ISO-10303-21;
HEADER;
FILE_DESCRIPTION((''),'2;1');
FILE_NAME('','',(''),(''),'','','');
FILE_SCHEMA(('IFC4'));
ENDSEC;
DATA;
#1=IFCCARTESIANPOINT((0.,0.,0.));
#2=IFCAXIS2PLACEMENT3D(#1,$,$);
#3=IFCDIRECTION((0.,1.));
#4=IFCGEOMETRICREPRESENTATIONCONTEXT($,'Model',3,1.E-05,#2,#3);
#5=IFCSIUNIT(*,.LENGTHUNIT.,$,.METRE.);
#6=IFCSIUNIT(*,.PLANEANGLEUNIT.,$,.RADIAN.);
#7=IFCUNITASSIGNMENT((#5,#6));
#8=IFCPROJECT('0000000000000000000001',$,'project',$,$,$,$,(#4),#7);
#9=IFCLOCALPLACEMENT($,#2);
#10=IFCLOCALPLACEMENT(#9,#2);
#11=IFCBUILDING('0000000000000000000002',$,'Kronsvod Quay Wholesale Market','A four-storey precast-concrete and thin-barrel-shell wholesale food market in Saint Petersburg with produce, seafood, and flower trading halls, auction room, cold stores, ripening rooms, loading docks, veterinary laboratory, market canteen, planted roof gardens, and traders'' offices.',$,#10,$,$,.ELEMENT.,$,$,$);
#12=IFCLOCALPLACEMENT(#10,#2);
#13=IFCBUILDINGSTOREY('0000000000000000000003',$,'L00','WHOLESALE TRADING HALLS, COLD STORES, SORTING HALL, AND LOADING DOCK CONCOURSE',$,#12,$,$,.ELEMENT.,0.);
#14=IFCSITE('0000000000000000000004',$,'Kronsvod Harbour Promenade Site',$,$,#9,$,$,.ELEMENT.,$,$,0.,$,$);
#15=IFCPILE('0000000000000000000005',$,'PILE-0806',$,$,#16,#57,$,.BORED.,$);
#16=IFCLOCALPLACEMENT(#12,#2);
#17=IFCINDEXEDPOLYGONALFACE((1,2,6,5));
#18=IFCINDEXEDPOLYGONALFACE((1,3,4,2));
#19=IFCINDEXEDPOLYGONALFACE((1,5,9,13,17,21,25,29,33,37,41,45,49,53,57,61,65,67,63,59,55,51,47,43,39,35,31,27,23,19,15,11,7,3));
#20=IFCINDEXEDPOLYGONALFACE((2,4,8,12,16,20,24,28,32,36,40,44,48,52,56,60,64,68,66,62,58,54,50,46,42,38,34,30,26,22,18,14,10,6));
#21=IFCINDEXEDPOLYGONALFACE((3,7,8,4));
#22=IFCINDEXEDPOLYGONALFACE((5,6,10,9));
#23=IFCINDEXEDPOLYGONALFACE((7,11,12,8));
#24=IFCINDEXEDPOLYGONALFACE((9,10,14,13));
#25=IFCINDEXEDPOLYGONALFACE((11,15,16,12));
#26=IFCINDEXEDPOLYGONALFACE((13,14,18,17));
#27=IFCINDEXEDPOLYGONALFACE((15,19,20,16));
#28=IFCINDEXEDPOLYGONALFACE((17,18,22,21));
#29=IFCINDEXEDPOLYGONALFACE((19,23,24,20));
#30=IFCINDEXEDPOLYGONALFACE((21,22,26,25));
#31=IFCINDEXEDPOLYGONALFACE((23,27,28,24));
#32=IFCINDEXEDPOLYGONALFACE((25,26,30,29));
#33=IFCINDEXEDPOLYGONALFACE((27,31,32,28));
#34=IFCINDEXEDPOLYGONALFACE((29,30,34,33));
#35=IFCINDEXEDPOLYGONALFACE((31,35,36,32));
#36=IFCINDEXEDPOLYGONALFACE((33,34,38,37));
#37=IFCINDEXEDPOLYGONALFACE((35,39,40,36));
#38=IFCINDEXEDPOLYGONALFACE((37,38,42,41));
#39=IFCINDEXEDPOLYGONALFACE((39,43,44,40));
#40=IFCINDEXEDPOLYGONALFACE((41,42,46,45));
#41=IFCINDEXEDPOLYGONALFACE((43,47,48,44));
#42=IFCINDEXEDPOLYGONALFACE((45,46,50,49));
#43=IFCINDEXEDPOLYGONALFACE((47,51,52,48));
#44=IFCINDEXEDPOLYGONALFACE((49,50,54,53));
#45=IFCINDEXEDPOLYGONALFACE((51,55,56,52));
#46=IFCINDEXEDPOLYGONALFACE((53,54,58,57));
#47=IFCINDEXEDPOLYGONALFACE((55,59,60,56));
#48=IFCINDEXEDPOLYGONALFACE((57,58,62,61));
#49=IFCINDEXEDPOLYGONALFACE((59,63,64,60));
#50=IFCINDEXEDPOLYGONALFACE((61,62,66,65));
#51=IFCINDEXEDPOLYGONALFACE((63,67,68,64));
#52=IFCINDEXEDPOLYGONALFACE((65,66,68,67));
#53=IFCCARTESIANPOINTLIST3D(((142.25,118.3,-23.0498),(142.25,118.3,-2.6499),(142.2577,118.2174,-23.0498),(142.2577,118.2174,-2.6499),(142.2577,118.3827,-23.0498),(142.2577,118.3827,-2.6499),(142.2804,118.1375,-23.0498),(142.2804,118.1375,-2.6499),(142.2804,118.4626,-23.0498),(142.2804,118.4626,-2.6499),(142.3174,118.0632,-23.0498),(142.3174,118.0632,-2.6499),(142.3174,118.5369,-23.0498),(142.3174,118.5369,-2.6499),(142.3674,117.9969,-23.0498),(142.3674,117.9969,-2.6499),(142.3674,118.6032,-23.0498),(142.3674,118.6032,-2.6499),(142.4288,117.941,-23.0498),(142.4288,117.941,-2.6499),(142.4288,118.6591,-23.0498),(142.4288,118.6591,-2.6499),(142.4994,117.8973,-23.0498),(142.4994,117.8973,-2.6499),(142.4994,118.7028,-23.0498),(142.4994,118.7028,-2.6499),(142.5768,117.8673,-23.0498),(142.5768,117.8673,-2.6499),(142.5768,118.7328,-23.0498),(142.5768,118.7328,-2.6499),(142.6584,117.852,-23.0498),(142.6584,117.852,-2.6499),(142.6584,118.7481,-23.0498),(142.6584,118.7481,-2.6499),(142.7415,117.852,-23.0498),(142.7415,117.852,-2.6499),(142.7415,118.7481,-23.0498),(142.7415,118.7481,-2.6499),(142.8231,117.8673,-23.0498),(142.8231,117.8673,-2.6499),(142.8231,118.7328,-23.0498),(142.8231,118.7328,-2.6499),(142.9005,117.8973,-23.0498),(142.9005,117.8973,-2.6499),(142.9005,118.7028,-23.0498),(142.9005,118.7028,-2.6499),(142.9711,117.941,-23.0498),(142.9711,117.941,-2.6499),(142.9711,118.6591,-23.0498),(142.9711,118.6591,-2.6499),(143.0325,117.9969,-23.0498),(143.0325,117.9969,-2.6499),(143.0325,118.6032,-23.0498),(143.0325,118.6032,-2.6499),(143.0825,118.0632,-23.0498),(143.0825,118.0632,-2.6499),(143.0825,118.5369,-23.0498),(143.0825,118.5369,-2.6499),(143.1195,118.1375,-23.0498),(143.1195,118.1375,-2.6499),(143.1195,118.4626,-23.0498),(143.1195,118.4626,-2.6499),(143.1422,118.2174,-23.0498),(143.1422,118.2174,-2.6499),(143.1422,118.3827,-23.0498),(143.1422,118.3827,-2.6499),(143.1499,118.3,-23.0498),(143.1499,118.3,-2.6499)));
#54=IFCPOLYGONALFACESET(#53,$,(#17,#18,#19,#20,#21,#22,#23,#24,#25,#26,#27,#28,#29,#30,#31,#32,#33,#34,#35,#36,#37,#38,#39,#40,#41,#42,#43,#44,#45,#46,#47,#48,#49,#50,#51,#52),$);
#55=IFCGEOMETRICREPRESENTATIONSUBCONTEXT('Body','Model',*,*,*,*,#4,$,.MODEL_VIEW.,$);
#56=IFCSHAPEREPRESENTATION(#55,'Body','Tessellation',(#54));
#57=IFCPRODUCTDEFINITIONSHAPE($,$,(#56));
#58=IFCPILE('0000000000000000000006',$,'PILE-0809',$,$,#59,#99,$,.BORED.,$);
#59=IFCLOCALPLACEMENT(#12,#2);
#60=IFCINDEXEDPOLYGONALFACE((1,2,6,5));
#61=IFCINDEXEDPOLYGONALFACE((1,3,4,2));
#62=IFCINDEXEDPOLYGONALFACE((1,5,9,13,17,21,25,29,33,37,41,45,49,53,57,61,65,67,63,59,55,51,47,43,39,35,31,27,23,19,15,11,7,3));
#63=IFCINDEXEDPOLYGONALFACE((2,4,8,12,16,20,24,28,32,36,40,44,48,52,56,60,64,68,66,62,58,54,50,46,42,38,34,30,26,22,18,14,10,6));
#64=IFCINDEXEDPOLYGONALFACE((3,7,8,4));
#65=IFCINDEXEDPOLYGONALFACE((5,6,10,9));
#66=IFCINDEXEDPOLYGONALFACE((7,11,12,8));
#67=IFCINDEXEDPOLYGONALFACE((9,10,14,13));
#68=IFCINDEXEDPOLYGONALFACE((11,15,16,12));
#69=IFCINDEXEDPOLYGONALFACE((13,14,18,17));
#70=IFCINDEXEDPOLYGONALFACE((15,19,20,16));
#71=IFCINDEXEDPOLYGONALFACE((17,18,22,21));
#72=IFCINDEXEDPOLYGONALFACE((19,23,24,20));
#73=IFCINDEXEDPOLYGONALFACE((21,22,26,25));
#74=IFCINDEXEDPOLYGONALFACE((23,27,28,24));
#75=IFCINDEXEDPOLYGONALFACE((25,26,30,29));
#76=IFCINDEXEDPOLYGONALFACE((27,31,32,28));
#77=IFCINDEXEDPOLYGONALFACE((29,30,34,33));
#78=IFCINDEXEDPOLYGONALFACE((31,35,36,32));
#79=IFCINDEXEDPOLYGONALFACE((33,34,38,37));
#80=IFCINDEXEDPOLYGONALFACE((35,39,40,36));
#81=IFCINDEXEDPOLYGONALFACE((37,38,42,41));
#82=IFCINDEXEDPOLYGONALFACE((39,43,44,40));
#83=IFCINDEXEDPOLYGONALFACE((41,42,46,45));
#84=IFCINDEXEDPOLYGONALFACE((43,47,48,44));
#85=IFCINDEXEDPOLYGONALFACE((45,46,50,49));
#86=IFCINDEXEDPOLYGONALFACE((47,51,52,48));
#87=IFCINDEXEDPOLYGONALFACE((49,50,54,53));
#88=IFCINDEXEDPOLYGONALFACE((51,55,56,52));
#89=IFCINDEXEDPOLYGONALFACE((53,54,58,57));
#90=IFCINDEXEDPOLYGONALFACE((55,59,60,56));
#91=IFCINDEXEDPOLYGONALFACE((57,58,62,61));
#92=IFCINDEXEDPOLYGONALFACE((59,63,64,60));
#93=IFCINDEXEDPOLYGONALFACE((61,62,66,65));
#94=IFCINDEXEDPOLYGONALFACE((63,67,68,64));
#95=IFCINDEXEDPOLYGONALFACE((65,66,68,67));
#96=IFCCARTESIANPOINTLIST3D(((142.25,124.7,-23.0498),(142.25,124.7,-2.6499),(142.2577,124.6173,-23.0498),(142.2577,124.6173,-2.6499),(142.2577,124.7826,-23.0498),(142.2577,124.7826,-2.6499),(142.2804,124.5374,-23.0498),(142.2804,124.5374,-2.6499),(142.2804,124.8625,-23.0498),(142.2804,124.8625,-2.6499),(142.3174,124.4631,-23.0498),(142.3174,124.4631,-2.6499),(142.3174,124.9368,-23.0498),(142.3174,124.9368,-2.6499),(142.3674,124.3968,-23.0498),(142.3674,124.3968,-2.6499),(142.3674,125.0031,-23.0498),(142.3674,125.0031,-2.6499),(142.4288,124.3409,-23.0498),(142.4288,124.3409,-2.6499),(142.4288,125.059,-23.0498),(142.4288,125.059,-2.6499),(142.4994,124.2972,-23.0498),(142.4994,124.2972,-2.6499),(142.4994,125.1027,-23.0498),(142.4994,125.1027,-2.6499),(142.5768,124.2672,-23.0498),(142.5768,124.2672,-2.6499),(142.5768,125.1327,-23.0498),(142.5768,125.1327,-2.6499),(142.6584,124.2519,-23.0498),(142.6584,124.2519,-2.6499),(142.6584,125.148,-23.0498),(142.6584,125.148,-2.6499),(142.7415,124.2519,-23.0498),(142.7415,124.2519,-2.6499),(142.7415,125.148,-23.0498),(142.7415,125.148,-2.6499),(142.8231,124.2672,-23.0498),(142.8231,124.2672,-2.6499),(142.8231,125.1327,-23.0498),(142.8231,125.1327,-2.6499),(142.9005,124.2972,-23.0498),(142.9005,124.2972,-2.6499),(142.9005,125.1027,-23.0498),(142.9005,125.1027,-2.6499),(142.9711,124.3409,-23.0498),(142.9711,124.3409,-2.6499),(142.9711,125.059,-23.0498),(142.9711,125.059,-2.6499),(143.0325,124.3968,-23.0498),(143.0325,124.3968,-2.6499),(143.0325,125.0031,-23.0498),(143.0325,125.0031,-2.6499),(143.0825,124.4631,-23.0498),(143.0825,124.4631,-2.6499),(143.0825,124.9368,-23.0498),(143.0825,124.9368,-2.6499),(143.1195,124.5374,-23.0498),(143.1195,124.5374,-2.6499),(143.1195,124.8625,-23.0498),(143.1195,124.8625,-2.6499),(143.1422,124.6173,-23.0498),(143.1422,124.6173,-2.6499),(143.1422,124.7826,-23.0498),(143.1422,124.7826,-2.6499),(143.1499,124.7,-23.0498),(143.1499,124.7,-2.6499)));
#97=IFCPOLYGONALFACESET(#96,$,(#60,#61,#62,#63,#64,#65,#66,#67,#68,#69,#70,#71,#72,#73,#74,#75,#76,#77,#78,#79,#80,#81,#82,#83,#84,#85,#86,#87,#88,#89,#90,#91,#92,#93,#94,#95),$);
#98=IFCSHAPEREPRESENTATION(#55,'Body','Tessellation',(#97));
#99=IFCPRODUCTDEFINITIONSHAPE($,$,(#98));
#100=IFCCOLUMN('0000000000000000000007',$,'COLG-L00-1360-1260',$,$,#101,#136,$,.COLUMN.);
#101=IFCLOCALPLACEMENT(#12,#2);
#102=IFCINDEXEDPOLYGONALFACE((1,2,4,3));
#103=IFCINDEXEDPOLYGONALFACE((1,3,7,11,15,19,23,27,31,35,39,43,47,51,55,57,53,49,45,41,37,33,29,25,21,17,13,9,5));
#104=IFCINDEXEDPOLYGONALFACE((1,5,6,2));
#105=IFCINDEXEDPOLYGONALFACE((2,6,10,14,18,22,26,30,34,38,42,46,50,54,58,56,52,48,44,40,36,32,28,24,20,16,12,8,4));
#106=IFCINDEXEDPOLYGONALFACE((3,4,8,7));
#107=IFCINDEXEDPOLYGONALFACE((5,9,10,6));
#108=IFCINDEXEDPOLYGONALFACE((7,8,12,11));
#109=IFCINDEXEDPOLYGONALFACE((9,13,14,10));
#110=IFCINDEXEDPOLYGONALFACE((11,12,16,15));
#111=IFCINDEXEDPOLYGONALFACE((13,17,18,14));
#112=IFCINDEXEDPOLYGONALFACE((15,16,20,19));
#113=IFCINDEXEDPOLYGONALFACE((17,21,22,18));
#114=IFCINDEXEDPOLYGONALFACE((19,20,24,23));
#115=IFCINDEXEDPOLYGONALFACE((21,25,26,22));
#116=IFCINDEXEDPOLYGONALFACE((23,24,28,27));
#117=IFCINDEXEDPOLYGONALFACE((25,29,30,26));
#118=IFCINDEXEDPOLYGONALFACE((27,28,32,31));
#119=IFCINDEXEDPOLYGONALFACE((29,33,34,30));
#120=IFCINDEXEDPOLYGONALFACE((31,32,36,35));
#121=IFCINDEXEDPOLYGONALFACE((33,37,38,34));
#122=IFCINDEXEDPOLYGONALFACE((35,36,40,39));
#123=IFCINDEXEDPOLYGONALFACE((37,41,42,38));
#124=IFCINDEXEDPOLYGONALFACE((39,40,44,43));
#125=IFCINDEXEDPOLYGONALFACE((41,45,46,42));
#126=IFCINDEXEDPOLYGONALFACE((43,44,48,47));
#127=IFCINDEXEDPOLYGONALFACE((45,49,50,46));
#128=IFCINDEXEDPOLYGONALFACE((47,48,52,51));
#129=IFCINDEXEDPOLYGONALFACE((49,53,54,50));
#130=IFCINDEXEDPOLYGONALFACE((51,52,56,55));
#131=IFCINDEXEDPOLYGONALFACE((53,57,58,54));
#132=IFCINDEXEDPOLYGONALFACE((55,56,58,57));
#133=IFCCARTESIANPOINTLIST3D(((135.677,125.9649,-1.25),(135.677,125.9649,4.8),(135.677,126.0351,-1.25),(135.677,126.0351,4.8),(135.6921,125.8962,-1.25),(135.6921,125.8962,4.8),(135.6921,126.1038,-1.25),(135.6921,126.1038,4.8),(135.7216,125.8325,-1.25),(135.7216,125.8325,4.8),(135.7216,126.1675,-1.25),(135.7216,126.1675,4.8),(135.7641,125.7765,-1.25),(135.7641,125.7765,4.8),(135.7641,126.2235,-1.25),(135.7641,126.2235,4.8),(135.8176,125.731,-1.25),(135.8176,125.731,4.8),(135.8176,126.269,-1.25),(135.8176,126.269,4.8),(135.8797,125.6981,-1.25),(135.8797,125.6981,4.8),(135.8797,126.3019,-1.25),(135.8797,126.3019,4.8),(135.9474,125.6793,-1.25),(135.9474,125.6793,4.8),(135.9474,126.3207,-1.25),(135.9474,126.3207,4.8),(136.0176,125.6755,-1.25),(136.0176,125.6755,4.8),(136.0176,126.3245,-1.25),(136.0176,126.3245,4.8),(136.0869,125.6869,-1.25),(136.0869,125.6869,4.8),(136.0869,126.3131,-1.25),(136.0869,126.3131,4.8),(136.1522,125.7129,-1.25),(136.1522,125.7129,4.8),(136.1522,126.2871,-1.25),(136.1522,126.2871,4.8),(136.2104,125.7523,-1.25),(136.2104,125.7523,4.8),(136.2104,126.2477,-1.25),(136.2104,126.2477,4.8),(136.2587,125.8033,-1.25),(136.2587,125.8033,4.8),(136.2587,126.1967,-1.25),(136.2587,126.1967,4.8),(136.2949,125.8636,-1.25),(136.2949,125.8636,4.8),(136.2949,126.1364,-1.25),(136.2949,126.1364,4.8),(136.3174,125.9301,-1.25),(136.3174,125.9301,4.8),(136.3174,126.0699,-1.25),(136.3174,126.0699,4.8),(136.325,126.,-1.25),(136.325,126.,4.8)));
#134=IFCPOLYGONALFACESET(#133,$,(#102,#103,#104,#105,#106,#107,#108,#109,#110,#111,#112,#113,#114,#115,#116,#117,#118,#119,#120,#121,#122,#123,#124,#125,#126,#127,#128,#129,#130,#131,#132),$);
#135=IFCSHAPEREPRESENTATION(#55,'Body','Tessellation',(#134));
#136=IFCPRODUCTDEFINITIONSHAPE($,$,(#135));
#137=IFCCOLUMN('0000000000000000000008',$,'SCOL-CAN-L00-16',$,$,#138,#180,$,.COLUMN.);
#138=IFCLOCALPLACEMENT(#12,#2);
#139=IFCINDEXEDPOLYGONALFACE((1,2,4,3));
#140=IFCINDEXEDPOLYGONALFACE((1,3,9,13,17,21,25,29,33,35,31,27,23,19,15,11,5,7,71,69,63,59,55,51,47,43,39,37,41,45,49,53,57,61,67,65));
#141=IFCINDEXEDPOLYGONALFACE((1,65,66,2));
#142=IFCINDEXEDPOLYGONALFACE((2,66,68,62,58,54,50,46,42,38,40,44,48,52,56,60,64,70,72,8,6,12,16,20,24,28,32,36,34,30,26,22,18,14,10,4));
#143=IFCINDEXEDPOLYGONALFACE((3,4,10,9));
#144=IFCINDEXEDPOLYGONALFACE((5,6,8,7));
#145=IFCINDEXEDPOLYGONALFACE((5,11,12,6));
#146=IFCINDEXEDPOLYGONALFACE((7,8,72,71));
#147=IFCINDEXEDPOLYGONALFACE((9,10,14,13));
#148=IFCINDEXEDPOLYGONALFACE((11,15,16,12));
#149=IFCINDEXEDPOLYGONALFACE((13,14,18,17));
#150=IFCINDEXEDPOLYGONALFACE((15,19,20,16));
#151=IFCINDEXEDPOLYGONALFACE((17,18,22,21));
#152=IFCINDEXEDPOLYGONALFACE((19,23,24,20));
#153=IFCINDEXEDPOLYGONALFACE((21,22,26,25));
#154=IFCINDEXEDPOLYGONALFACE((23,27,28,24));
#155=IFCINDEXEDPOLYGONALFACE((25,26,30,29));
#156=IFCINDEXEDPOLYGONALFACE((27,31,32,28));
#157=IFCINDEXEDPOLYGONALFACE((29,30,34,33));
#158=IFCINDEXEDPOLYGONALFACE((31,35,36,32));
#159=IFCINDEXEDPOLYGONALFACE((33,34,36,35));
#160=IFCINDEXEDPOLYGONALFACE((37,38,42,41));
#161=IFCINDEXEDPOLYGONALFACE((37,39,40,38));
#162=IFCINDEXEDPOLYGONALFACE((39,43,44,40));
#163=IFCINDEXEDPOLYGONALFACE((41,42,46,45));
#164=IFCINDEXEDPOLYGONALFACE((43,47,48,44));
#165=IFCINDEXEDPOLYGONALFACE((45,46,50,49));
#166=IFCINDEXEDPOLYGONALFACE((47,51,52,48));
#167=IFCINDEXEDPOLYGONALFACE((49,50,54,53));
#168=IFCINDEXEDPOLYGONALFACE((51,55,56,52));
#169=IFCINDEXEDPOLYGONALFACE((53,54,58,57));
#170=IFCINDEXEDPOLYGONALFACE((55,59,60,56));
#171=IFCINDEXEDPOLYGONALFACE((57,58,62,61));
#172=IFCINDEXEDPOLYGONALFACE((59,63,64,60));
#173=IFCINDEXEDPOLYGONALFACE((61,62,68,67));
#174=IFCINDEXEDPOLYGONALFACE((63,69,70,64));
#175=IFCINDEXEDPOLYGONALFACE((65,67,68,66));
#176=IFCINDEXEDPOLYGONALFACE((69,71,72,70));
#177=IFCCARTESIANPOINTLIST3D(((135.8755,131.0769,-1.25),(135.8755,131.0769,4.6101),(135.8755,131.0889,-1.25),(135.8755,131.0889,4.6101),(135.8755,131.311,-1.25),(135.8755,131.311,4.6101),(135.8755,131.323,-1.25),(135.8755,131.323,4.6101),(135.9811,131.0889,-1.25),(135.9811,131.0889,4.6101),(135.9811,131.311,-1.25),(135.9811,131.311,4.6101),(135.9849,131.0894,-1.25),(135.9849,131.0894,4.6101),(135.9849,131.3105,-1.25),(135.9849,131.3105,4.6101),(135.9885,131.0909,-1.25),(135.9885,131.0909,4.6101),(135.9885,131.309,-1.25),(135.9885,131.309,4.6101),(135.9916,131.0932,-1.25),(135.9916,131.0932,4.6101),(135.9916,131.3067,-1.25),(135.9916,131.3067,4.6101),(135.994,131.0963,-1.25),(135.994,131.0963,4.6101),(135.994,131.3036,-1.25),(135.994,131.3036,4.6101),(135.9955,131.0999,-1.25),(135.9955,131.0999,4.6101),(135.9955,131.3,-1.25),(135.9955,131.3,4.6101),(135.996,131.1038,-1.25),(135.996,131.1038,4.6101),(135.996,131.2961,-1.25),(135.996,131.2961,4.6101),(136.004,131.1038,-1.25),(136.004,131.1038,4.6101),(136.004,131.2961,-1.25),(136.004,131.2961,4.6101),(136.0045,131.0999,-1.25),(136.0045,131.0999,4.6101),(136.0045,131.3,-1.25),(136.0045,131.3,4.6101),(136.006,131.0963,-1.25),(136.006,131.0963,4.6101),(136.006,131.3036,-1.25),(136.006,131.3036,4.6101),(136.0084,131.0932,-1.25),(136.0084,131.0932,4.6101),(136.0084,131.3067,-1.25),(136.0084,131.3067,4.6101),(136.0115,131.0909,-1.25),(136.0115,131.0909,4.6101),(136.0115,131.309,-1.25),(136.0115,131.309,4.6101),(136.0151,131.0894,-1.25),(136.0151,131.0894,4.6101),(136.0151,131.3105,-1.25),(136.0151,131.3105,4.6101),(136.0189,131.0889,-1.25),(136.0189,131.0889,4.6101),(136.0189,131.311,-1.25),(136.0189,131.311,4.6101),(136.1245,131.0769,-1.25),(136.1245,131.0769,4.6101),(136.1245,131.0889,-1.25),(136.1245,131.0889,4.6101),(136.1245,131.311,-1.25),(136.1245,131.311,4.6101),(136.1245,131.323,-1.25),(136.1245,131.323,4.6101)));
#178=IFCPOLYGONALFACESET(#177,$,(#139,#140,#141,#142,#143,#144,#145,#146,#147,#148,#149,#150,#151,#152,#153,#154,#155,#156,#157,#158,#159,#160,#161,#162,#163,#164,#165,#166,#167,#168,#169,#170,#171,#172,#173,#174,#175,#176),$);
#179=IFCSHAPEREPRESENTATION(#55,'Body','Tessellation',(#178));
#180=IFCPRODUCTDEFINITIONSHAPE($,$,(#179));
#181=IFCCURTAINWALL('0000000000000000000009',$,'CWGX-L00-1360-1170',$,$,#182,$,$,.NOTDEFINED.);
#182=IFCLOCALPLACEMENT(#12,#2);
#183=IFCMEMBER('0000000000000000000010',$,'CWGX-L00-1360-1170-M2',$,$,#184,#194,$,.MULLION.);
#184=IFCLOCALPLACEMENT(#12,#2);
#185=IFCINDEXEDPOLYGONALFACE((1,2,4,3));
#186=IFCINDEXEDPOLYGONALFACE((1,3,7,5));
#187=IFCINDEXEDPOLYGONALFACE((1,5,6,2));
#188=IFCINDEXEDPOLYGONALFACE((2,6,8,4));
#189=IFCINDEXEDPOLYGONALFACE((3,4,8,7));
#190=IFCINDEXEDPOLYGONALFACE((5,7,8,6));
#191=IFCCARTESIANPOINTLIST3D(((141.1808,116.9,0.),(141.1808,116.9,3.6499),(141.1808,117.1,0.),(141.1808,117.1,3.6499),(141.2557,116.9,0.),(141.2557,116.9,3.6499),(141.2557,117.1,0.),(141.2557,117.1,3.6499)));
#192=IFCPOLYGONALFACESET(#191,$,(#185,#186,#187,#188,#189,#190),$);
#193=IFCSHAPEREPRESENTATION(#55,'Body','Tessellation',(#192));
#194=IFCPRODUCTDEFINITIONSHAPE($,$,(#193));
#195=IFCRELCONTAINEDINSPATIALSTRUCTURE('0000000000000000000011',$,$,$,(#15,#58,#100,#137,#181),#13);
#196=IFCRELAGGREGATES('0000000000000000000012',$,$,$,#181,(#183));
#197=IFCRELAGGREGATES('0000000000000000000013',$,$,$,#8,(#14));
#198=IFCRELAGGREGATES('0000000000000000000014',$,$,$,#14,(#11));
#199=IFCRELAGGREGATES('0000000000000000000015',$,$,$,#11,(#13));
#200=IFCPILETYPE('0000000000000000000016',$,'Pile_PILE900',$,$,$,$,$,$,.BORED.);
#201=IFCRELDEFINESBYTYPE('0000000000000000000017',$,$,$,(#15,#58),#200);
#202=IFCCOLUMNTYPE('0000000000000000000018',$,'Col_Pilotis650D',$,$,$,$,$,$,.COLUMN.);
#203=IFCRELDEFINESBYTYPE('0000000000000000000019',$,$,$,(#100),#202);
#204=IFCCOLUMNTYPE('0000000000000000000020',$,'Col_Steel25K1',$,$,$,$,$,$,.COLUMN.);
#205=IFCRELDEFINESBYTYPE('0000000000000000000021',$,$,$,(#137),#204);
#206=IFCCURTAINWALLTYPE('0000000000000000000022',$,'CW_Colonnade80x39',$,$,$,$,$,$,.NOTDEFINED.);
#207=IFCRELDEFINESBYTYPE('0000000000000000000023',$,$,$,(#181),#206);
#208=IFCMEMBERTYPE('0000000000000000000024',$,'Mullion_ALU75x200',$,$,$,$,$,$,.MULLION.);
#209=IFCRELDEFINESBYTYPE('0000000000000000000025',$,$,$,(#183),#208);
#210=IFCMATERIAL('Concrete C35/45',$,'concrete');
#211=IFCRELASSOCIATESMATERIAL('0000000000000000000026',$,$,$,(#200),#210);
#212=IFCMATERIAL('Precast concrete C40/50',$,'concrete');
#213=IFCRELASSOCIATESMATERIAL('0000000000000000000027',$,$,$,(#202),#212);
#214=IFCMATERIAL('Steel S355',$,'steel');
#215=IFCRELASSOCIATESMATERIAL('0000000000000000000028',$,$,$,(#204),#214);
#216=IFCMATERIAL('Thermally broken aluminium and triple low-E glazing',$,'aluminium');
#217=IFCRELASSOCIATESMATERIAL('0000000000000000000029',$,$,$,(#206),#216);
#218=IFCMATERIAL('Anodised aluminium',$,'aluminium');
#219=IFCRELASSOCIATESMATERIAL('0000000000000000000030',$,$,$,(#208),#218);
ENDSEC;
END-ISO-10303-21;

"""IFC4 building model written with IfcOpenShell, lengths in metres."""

from ifc_helpers import new_model, si_unit, direction, frame, origin, origin_2d, place, context, subcontext, project, spatial, rectangle, circle, i_section, extrude, material, material_profile, profile_set, type_object, element, aggregate, save


model = new_model("IFC4")

# Units and contexts
model_context = context("Model", 3, precision=1e-05, world=origin(), true_north=direction((0.0, 1.0)))
body_context = subcontext(model_context, "Body", "Model", "MODEL_VIEW")
ifc_project = project(units=[si_unit("LENGTHUNIT", "METRE"), si_unit("PLANEANGLEUNIT", "RADIAN")], contexts=[model_context])

# Site, building, storey
site_placement = place(None, origin())
site = spatial("IfcSite", under=ifc_project, at=site_placement, Name="Kronsvod Harbour Promenade Site", CompositionType="ELEMENT", RefElevation=0.0)
building_placement = place(site_placement, origin())
building = spatial("IfcBuilding", under=site, at=building_placement, Name="Kronsvod Quay Wholesale Market", Description="A four-storey precast-concrete and thin-barrel-shell wholesale food market in Saint Petersburg with produce, seafood, and flower trading halls, auction room, cold stores, ripening rooms, loading docks, veterinary laboratory, market canteen, planted roof gardens, and traders' offices.", CompositionType="ELEMENT")
storey_placement = place(building_placement, origin())
storey = spatial("IfcBuildingStorey", under=building, at=storey_placement, Name="L00", Description="WHOLESALE TRADING HALLS, COLD STORES, SORTING HALL, AND LOADING DOCK CONCOURSE", CompositionType="ELEMENT", Elevation=0.0)

# Piles
ifc_material_1 = material(Name="Concrete C35/45", Category="concrete")
ifc_material_profile_1 = material_profile(ifc_material_1, circle(Radius=0.45, at=origin_2d()), Name="PILE900")
ifc_profile_set_1 = profile_set([ifc_material_profile_1], Name="Concrete C35/45")
pile_type = type_object("IfcPileType", Name="Pile_PILE900", PredefinedType="BORED", material=ifc_profile_set_1)
for number, where, z_axis, x_axis, name in (
    (1, (142.7, 118.3, -2.6499), (0.0, 0.0, -1.0), (1.0, 0.0, 0.0), "PILE-0806"),
    (2, (142.7, 124.7, -2.6499), (0.0, 0.0, -1.0), (1.0, 0.0, 0.0), "PILE-0809"),
):
    element("IfcPile", number, at=place(storey_placement, frame(where, z_axis=z_axis, x_axis=x_axis)), inside=storey, type_object=pile_type, Name=name, PredefinedType="BORED", context=body_context, shape_type="SweptSolid", body=[
        extrude(circle(Radius=0.45, at=origin_2d()), origin(), (0.0, 0.0, 1.0), 20.3999),
    ])

# Columns
ifc_material_2 = material(Name="Precast concrete C40/50", Category="concrete")
ifc_material_profile_2 = material_profile(ifc_material_2, circle(Radius=0.325, at=origin_2d()), Name="PCPIL650D")
ifc_profile_set_2 = profile_set([ifc_material_profile_2], Name="Precast concrete C40/50")
column_type_1 = type_object("IfcColumnType", Name="Col_Pilotis650D", PredefinedType="COLUMN", material=ifc_profile_set_2)
column_1_placement = place(storey_placement, frame((136.0, 126.0, -1.25), z_axis=(0.0, 0.0, 1.0), x_axis=(1.0, 0.0, 0.0)))
element("IfcColumn", 3, at=column_1_placement, inside=storey, type_object=column_type_1, Name="COLG-L00-1360-1260", PredefinedType="COLUMN", context=body_context, shape_type="SweptSolid", body=[
    extrude(circle(Radius=0.325, at=origin_2d()), origin(), (0.0, 0.0, 1.0), 6.05),
])
ifc_material_3 = material(Name="Steel S355", Category="steel")
ifc_material_profile_3 = material_profile(ifc_material_3, i_section(OverallWidth=0.249, OverallDepth=0.2461, WebThickness=0.0081, FlangeThickness=0.012, FilletRadius=0.0149, at=origin_2d()), Name="25K1")
ifc_profile_set_3 = profile_set([ifc_material_profile_3], Name="Steel S355")
column_type_2 = type_object("IfcColumnType", Name="Col_Steel25K1", PredefinedType="COLUMN", material=ifc_profile_set_3)
column_2_placement = place(storey_placement, frame((136.0, 131.2, -1.25), z_axis=(0.0, 0.0, 1.0), x_axis=(1.0, 0.0, 0.0)))
element("IfcColumn", 4, at=column_2_placement, inside=storey, type_object=column_type_2, Name="SCOL-CAN-L00-16", PredefinedType="COLUMN", context=body_context, shape_type="SweptSolid", body=[
    extrude(i_section(OverallWidth=0.249, OverallDepth=0.2461, WebThickness=0.0081, FlangeThickness=0.012, FilletRadius=0.0149, at=origin_2d()), origin(), (0.0, 0.0, 1.0), 5.8601),
])

# Curtain wall, member
ifc_material_4 = material(Name="Thermally broken aluminium and triple low-E glazing", Category="aluminium")
curtain_wall_type = type_object("IfcCurtainWallType", Name="CW_Colonnade80x39", PredefinedType="NOTDEFINED", material=ifc_material_4)
curtain_wall_placement = place(storey_placement, origin())
curtain_wall = element("IfcCurtainWall", 5, at=curtain_wall_placement, inside=storey, type_object=curtain_wall_type, Name="CWGX-L00-1360-1170", PredefinedType="NOTDEFINED")
ifc_material_5 = material(Name="Anodised aluminium", Category="aluminium")
ifc_material_profile_4 = material_profile(ifc_material_5, rectangle(XDim=0.075, YDim=0.2, at=origin_2d()), Name="ALUM75x200")
ifc_profile_set_4 = profile_set([ifc_material_profile_4], Name="Anodised aluminium")
member_type = type_object("IfcMemberType", Name="Mullion_ALU75x200", PredefinedType="MULLION", material=ifc_profile_set_4)
member_placement = place(storey_placement, frame((141.2183, 117.0, 0.0), z_axis=(0.0, 0.0, 1.0), x_axis=(1.0, 0.0, 0.0)))
member = element("IfcMember", 6, at=member_placement, type_object=member_type, Name="CWGX-L00-1360-1170-M2", PredefinedType="MULLION", context=body_context, shape_type="SweptSolid", body=[
    extrude(rectangle(XDim=0.075, YDim=0.2, at=origin_2d()), origin(), (0.0, 0.0, 1.0), 3.6499),
])
aggregate(curtain_wall, [member])

save(model, "model.ifc")
